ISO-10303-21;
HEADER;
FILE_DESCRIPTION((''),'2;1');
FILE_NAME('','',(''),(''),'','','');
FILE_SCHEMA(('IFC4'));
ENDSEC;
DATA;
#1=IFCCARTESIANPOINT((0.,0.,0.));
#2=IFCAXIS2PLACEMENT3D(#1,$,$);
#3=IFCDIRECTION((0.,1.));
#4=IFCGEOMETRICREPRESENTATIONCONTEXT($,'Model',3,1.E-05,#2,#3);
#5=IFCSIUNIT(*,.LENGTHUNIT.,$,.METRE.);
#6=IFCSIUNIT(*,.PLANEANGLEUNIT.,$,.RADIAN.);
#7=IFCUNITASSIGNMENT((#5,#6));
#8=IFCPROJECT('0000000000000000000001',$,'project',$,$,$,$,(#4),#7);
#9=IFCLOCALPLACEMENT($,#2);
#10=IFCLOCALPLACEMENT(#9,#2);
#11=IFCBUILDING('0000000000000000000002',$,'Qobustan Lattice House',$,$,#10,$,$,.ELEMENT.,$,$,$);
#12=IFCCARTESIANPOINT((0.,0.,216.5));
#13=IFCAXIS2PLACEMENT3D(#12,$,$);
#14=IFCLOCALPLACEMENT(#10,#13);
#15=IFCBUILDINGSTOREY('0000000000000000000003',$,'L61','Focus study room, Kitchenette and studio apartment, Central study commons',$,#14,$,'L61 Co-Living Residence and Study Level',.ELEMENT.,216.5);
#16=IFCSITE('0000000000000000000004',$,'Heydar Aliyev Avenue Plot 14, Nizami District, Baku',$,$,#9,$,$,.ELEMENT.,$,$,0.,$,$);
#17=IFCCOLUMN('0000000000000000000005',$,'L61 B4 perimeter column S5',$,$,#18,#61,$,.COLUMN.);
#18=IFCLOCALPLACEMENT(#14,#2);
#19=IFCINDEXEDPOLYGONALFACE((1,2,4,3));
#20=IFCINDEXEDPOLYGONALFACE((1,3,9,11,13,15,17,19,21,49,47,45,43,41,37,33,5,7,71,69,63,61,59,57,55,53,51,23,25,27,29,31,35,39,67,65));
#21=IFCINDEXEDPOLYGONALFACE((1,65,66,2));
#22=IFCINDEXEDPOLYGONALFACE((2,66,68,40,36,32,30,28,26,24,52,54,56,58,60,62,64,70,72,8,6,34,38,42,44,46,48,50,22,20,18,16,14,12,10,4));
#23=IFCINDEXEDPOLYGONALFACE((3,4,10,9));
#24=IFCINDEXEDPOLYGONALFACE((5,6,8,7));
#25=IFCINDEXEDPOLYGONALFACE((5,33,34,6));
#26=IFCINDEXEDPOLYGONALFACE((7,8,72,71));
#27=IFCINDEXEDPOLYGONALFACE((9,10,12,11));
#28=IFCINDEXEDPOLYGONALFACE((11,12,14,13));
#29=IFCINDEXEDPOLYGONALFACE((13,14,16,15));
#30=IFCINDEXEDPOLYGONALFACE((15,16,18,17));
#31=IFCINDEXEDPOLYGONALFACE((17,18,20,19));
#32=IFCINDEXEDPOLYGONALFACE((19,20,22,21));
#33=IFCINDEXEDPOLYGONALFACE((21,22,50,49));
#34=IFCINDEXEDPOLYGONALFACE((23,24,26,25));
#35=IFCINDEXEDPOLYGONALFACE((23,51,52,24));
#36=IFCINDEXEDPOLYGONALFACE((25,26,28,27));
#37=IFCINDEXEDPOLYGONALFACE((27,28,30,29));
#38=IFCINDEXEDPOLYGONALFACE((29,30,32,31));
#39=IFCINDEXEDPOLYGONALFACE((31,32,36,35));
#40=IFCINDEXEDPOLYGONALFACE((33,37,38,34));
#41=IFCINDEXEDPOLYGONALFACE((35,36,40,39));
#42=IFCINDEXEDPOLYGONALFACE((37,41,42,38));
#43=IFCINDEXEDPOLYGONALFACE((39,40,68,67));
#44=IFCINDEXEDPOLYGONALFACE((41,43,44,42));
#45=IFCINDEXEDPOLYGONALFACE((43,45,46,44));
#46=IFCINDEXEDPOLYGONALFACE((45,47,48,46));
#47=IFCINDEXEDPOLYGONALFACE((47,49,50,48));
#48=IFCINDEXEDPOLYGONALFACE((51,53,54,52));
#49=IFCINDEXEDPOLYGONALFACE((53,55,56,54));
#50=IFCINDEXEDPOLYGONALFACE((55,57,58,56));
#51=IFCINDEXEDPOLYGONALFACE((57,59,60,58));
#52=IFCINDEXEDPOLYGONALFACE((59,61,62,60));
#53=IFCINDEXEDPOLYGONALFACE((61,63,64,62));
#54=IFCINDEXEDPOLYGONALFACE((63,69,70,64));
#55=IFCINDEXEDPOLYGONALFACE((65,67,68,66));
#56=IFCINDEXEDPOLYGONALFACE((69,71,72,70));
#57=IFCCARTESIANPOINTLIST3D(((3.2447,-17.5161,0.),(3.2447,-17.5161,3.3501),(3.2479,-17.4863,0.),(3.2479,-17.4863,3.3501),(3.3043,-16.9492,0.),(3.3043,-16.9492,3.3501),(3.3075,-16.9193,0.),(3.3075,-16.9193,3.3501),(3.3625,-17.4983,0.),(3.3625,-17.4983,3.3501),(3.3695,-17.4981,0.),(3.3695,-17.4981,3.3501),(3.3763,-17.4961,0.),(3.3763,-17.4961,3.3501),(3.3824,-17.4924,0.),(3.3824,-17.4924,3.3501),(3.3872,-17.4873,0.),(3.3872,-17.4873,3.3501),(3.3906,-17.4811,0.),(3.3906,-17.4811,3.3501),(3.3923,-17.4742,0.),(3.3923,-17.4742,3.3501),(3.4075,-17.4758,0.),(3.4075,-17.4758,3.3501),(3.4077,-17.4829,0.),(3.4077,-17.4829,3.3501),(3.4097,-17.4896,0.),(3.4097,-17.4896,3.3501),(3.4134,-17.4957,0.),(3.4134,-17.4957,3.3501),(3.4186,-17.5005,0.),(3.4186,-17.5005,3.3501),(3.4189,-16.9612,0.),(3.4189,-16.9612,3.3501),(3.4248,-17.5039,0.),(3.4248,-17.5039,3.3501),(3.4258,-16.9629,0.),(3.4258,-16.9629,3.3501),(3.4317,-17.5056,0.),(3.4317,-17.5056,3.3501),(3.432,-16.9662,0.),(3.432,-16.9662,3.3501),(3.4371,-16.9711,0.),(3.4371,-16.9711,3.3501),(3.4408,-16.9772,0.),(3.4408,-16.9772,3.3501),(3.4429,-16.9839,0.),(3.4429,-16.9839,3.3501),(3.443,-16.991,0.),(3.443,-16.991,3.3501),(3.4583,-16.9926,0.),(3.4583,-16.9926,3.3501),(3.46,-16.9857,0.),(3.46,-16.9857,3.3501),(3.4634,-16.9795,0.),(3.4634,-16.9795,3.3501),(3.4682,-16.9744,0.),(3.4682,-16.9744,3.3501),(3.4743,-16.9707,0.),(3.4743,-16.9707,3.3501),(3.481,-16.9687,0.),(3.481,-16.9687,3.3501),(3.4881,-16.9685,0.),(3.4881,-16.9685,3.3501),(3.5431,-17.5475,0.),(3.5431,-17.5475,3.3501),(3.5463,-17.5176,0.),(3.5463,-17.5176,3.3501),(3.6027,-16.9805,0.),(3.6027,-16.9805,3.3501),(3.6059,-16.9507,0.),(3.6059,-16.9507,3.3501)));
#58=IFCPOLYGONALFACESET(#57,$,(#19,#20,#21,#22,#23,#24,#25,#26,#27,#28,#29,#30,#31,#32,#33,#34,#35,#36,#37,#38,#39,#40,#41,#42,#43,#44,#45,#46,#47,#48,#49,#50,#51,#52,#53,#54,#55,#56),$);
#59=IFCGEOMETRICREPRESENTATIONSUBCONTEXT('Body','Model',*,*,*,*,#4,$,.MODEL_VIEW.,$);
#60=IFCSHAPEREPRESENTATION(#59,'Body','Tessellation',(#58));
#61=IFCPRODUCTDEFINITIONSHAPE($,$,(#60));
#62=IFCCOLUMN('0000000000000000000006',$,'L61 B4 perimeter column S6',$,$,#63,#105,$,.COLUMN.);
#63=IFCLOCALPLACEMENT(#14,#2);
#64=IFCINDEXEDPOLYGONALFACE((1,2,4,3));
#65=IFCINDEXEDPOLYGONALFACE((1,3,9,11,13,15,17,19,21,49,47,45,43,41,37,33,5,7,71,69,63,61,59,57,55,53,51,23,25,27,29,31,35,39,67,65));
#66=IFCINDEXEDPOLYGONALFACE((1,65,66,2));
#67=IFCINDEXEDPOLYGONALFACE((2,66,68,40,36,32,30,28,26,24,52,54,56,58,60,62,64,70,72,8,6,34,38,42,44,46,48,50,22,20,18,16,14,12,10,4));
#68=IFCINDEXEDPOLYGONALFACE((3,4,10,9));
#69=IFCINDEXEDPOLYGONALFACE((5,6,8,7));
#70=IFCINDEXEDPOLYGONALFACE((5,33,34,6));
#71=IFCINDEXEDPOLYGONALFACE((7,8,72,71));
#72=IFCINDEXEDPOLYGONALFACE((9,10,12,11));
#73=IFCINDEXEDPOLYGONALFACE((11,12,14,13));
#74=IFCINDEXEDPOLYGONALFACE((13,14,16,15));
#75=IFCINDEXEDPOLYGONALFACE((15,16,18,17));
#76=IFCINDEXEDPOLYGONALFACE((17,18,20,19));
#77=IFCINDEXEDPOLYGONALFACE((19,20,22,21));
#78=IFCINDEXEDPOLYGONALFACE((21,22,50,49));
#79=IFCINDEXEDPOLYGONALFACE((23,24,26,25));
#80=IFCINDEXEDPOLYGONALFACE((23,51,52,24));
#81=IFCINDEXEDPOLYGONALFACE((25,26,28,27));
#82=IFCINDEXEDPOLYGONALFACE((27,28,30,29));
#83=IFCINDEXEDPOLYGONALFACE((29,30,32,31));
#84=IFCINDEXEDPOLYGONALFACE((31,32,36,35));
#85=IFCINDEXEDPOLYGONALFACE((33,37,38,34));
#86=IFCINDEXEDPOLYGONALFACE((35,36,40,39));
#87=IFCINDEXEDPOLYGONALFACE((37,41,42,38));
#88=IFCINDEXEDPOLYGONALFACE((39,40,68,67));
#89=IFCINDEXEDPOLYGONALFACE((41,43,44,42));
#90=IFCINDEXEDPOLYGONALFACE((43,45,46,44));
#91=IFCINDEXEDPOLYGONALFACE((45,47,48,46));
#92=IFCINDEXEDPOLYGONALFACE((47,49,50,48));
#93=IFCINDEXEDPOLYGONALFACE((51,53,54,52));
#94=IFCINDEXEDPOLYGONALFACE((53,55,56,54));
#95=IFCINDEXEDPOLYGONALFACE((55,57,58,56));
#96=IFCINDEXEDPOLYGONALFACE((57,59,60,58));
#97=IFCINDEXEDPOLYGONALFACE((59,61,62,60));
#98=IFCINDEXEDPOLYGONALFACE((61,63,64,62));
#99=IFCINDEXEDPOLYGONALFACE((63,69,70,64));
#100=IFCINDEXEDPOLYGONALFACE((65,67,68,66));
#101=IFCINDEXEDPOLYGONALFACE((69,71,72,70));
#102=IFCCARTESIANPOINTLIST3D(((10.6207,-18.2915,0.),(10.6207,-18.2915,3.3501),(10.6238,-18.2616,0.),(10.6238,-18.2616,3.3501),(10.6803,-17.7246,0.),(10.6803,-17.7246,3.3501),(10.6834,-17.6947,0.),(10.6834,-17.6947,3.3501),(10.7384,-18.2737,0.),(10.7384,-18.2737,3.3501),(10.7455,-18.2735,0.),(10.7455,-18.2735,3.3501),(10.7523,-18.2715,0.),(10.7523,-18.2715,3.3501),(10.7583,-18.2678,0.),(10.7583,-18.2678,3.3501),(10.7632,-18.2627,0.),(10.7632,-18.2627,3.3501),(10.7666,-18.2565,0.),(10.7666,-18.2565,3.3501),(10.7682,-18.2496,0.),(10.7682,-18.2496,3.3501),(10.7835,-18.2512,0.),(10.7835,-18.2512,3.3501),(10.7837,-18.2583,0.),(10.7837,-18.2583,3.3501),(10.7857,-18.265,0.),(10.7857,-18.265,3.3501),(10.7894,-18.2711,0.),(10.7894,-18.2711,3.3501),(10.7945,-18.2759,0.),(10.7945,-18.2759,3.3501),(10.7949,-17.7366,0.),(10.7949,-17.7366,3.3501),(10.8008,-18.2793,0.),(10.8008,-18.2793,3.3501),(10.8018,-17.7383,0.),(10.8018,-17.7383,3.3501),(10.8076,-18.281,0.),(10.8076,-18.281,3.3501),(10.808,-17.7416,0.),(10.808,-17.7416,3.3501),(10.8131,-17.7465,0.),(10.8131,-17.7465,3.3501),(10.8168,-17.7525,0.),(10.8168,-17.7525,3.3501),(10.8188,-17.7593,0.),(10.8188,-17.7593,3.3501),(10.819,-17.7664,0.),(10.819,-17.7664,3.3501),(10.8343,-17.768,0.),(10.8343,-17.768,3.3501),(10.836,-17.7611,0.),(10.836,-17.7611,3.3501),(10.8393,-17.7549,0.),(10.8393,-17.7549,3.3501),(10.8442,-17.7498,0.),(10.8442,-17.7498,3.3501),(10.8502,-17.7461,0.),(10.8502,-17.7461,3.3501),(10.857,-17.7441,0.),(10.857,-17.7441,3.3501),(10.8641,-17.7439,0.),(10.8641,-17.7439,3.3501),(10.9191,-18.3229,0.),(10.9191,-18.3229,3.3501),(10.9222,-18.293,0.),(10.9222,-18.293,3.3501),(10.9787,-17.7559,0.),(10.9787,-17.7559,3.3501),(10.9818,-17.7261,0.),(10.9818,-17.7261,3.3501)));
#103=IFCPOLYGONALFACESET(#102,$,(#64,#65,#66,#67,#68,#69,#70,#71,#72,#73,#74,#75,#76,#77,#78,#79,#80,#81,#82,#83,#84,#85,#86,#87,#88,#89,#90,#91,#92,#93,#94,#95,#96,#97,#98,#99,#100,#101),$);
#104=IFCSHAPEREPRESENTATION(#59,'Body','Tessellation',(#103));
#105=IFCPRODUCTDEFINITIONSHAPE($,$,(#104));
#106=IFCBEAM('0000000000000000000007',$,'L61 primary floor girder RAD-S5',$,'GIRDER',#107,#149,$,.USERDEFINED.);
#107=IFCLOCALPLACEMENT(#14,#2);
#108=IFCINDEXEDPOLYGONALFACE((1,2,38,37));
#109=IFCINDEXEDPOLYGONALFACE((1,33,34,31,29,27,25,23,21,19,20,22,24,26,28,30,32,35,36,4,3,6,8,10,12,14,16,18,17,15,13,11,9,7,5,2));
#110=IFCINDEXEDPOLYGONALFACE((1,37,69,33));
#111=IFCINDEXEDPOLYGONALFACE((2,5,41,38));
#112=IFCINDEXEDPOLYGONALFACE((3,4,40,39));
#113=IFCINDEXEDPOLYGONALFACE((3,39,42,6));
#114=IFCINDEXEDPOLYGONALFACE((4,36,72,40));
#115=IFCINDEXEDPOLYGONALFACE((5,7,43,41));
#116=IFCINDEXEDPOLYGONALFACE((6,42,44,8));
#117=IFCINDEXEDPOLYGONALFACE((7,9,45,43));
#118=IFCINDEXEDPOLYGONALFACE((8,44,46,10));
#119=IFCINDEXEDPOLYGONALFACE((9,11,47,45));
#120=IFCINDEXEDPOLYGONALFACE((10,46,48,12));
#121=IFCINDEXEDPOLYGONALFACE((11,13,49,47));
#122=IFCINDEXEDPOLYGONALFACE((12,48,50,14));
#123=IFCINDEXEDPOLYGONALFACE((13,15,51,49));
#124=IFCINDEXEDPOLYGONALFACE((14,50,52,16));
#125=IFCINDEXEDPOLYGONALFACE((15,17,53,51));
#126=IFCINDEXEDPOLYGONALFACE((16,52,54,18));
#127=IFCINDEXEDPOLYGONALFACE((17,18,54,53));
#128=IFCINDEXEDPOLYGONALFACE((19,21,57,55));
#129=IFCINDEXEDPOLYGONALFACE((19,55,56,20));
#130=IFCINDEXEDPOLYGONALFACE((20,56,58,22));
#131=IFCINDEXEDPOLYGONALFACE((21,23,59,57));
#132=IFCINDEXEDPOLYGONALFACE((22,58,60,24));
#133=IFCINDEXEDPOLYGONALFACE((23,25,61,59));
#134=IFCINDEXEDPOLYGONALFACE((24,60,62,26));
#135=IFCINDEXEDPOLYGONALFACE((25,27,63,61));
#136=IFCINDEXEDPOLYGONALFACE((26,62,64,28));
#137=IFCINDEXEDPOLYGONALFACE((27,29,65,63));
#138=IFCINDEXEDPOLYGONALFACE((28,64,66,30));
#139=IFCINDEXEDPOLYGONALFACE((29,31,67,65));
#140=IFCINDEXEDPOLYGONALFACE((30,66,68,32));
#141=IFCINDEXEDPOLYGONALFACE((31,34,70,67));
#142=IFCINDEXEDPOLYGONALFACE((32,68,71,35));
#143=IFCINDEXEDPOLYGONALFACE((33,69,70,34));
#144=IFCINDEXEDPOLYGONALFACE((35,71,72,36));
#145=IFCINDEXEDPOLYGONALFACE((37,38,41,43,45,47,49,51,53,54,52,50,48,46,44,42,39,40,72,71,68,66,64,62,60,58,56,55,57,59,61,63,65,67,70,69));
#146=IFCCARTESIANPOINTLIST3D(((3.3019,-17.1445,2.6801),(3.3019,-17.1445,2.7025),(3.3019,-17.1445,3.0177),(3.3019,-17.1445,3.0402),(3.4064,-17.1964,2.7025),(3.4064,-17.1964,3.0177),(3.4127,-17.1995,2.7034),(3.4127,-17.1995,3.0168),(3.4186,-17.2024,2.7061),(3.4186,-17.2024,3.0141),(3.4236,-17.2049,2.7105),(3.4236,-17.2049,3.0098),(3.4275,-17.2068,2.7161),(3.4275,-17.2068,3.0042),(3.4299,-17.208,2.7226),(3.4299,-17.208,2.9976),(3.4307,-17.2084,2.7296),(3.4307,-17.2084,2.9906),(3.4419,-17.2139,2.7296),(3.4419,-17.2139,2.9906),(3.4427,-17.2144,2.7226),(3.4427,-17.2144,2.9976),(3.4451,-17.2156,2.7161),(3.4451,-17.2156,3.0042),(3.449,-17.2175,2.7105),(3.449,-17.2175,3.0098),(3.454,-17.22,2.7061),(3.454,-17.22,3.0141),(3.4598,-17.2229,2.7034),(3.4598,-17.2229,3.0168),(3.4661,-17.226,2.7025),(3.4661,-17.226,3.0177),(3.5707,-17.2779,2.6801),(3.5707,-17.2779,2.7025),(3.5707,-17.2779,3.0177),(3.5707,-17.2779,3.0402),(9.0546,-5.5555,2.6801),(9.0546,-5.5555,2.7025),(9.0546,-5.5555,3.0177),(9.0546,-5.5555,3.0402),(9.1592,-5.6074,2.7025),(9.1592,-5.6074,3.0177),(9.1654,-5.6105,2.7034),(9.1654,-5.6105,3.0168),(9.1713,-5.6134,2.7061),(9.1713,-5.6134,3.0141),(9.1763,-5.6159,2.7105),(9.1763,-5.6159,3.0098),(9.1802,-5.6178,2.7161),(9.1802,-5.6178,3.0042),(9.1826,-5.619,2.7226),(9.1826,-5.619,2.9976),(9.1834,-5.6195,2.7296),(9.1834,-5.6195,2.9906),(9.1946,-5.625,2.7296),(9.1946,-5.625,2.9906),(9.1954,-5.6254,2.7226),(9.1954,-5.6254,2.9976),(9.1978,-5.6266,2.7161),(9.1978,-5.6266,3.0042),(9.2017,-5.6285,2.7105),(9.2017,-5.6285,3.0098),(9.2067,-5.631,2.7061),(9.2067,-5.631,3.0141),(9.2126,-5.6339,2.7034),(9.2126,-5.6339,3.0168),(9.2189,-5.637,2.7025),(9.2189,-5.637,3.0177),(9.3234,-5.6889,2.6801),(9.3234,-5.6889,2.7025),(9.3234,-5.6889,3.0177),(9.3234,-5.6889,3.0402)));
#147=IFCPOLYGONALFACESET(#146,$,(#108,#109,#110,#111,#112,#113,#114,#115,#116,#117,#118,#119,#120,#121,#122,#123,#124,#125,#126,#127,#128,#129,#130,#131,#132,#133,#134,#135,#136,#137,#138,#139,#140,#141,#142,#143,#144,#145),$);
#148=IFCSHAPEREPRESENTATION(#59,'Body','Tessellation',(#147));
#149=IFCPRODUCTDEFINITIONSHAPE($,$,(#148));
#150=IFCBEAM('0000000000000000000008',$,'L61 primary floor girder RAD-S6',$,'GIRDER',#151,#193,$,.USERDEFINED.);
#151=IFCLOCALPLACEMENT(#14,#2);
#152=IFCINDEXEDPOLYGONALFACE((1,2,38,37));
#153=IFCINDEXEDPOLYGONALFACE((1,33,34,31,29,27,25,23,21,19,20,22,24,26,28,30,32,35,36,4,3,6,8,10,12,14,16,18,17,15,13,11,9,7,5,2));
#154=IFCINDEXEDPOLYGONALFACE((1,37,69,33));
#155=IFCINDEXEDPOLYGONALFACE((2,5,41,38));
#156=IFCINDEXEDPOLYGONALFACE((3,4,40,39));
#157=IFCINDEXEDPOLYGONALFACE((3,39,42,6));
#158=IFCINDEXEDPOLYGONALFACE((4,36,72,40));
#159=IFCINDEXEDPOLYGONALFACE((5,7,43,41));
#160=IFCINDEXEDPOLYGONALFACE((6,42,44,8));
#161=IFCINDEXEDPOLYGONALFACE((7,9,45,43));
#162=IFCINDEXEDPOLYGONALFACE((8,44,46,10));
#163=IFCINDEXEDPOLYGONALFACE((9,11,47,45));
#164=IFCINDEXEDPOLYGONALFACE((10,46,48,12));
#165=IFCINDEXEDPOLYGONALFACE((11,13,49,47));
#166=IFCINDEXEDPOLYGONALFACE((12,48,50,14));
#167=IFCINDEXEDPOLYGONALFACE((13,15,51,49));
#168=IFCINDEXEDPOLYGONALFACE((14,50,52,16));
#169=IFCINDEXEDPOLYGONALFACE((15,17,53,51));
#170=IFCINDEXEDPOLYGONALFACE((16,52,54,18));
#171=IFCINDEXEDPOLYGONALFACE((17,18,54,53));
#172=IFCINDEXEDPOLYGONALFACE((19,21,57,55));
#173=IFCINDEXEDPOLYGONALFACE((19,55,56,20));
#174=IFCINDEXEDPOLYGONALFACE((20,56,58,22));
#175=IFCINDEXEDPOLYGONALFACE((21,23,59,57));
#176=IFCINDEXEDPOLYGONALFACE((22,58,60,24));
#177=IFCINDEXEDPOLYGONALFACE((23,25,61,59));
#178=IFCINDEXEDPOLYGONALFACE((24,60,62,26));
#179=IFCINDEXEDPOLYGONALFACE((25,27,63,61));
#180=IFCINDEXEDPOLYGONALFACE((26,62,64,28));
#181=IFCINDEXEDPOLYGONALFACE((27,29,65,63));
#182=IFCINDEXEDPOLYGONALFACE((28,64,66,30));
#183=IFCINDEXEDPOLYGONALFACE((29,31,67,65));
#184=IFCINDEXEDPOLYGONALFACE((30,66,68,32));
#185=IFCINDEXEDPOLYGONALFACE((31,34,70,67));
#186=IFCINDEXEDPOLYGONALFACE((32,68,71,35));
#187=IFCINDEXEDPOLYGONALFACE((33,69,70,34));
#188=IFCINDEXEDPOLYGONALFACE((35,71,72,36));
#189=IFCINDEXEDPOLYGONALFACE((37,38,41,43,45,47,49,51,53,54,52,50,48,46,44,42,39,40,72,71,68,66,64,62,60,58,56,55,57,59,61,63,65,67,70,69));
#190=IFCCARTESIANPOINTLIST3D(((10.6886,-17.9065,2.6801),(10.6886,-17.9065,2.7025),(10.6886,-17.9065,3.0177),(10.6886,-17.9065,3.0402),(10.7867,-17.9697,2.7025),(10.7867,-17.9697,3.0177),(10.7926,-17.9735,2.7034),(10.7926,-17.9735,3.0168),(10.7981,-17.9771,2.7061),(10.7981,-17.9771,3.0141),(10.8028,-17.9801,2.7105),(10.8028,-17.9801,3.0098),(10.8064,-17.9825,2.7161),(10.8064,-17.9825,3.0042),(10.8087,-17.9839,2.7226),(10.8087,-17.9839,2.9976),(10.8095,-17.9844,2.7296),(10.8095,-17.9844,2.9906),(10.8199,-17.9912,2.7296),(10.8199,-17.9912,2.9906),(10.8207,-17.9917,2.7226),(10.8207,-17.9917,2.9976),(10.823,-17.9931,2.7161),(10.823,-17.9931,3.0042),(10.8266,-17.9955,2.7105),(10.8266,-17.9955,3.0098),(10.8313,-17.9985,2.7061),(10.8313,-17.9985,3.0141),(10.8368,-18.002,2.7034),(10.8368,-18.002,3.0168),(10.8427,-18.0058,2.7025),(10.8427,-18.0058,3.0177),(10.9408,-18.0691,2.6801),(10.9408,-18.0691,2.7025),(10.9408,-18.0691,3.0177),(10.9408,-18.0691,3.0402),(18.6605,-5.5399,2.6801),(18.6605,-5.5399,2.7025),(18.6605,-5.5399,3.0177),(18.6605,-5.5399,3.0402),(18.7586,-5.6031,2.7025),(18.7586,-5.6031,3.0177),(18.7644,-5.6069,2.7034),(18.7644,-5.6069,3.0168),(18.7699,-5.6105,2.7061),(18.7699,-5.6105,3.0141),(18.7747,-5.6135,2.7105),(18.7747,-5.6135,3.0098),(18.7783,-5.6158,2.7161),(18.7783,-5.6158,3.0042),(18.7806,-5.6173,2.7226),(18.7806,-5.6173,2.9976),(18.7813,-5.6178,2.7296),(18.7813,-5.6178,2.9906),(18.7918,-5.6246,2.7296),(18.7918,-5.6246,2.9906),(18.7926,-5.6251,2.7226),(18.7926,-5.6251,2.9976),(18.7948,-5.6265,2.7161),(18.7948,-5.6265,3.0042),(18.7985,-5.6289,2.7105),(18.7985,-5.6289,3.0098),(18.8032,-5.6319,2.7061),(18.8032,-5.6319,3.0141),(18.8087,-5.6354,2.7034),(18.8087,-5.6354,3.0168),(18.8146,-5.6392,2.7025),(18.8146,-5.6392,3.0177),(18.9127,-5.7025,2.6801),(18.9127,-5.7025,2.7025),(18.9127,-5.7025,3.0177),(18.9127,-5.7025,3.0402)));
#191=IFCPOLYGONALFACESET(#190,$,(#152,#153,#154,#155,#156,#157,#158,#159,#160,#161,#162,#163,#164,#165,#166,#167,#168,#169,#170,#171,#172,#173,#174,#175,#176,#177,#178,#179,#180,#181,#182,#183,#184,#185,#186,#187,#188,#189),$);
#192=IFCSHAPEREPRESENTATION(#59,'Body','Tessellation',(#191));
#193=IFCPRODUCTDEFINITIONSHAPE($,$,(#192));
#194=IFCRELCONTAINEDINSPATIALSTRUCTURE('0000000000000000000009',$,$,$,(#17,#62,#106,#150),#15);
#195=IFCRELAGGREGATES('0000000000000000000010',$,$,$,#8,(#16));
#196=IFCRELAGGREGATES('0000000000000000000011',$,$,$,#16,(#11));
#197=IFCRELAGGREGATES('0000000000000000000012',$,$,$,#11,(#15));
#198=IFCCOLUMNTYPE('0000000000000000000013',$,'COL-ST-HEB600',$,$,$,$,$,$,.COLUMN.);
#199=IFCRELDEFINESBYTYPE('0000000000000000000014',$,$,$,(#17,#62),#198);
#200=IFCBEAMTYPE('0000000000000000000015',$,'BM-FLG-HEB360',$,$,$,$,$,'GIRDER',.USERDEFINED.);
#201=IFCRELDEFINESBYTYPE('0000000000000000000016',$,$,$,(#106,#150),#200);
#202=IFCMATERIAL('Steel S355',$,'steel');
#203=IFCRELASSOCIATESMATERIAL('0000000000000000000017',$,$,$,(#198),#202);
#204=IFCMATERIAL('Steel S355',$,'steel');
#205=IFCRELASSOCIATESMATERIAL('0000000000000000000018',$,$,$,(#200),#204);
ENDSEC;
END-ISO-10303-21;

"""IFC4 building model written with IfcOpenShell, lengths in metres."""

from ifc_helpers import new_model, si_unit, direction, frame, origin, origin_2d, place, context, subcontext, project, spatial, i_section, extrude, material, material_profile, profile_set, type_object, element, save


model = new_model("IFC4")

# Units and contexts
model_context = context("Model", 3, precision=1e-05, world=origin(), true_north=direction((0.0, 1.0)))
body_context = subcontext(model_context, "Body", "Model", "MODEL_VIEW")
ifc_project = project(units=[si_unit("LENGTHUNIT", "METRE"), si_unit("PLANEANGLEUNIT", "RADIAN")], contexts=[model_context])

# Site, building, storey
site_placement = place(None, origin())
site = spatial("IfcSite", under=ifc_project, at=site_placement, Name="Heydar Aliyev Avenue Plot 14, Nizami District, Baku", CompositionType="ELEMENT", RefElevation=0.0)
building_placement = place(site_placement, origin())
building = spatial("IfcBuilding", under=site, at=building_placement, Name="Qobustan Lattice House", CompositionType="ELEMENT")
storey_placement = place(building_placement, frame((0.0, 0.0, 216.5)))
storey = spatial("IfcBuildingStorey", under=building, at=storey_placement, Name="L61", Description="Focus study room, Kitchenette and studio apartment, Central study commons", LongName="L61 Co-Living Residence and Study Level", CompositionType="ELEMENT", Elevation=216.5)

# Columns
ifc_material_1 = material(Name="Steel S355", Category="steel")
ifc_material_profile_1 = material_profile(ifc_material_1, i_section(OverallWidth=0.3, OverallDepth=0.6001, WebThickness=0.0154, FlangeThickness=0.03, FilletRadius=0.0271, at=origin_2d()), Name="HEB600")
ifc_profile_set_1 = profile_set([ifc_material_profile_1], Name="Steel S355")
column_type = type_object("IfcColumnType", Name="COL-ST-HEB600", PredefinedType="COLUMN", material=ifc_profile_set_1)
for number, where, z_axis, x_axis, name in (
    (1, (3.4253, -17.2334, 0.0), (0.0, 0.0, 1.0), (0.994522, -0.104528, 0.0), "L61 B4 perimeter column S5"),
    (2, (10.8013, -18.0088, 0.0), (0.0, 0.0, 1.0), (0.994522, -0.104528, 0.0), "L61 B4 perimeter column S6"),
):
    element("IfcColumn", number, at=place(storey_placement, frame(where, z_axis=z_axis, x_axis=x_axis)), inside=storey, type_object=column_type, Name=name, PredefinedType="COLUMN", context=body_context, shape_type="SweptSolid", body=[
        extrude(i_section(OverallWidth=0.3, OverallDepth=0.6001, WebThickness=0.0154, FlangeThickness=0.03, FilletRadius=0.0271, at=origin_2d()), origin(), (0.0, 0.0, 1.0), 3.3501),
    ])

# Beams
ifc_material_2 = material(Name="Steel S355", Category="steel")
ifc_material_profile_2 = material_profile(ifc_material_2, i_section(OverallWidth=0.3, OverallDepth=0.3601, WebThickness=0.0125, FlangeThickness=0.0225, FilletRadius=0.0271, at=origin_2d()), Name="HEB360")
ifc_profile_set_2 = profile_set([ifc_material_profile_2], Name="Steel S355")
beam_type_1 = type_object("IfcBeamType", Name="BM-FLG-HEB360", ElementType="GIRDER", PredefinedType="USERDEFINED", material=ifc_profile_set_2)
beam_1_placement = place(storey_placement, frame((3.4363, -17.2112, 2.8601), z_axis=(0.44463, 0.895714, 0.0), x_axis=(-0.895714, 0.44463, 0.0)))
element("IfcBeam", 3, at=beam_1_placement, inside=storey, type_object=beam_type_1, Name="L61 primary floor girder RAD-S5", ObjectType="GIRDER", PredefinedType="USERDEFINED", context=body_context, shape_type="SweptSolid", body=[
    extrude(i_section(OverallWidth=0.3, OverallDepth=0.3601, WebThickness=0.0125, FlangeThickness=0.0225, FilletRadius=0.0271, at=origin_2d()), origin(), (0.0, 0.0, 1.0), 12.9382),
])
beam_2_placement = place(storey_placement, frame((10.8147, -17.9878, 2.8601), z_axis=(0.54181, 0.840501, 0.0), x_axis=(-0.840501, 0.54181, 0.0)))
element("IfcBeam", 4, at=beam_2_placement, inside=storey, type_object=beam_type_1, Name="L61 primary floor girder RAD-S6", ObjectType="GIRDER", PredefinedType="USERDEFINED", context=body_context, shape_type="SweptSolid", body=[
    extrude(i_section(OverallWidth=0.3, OverallDepth=0.3601, WebThickness=0.0125, FlangeThickness=0.0225, FilletRadius=0.0271, at=origin_2d()), origin(), (0.0, 0.0, 1.0), 14.7134),
])

save(model, "model.ifc")
